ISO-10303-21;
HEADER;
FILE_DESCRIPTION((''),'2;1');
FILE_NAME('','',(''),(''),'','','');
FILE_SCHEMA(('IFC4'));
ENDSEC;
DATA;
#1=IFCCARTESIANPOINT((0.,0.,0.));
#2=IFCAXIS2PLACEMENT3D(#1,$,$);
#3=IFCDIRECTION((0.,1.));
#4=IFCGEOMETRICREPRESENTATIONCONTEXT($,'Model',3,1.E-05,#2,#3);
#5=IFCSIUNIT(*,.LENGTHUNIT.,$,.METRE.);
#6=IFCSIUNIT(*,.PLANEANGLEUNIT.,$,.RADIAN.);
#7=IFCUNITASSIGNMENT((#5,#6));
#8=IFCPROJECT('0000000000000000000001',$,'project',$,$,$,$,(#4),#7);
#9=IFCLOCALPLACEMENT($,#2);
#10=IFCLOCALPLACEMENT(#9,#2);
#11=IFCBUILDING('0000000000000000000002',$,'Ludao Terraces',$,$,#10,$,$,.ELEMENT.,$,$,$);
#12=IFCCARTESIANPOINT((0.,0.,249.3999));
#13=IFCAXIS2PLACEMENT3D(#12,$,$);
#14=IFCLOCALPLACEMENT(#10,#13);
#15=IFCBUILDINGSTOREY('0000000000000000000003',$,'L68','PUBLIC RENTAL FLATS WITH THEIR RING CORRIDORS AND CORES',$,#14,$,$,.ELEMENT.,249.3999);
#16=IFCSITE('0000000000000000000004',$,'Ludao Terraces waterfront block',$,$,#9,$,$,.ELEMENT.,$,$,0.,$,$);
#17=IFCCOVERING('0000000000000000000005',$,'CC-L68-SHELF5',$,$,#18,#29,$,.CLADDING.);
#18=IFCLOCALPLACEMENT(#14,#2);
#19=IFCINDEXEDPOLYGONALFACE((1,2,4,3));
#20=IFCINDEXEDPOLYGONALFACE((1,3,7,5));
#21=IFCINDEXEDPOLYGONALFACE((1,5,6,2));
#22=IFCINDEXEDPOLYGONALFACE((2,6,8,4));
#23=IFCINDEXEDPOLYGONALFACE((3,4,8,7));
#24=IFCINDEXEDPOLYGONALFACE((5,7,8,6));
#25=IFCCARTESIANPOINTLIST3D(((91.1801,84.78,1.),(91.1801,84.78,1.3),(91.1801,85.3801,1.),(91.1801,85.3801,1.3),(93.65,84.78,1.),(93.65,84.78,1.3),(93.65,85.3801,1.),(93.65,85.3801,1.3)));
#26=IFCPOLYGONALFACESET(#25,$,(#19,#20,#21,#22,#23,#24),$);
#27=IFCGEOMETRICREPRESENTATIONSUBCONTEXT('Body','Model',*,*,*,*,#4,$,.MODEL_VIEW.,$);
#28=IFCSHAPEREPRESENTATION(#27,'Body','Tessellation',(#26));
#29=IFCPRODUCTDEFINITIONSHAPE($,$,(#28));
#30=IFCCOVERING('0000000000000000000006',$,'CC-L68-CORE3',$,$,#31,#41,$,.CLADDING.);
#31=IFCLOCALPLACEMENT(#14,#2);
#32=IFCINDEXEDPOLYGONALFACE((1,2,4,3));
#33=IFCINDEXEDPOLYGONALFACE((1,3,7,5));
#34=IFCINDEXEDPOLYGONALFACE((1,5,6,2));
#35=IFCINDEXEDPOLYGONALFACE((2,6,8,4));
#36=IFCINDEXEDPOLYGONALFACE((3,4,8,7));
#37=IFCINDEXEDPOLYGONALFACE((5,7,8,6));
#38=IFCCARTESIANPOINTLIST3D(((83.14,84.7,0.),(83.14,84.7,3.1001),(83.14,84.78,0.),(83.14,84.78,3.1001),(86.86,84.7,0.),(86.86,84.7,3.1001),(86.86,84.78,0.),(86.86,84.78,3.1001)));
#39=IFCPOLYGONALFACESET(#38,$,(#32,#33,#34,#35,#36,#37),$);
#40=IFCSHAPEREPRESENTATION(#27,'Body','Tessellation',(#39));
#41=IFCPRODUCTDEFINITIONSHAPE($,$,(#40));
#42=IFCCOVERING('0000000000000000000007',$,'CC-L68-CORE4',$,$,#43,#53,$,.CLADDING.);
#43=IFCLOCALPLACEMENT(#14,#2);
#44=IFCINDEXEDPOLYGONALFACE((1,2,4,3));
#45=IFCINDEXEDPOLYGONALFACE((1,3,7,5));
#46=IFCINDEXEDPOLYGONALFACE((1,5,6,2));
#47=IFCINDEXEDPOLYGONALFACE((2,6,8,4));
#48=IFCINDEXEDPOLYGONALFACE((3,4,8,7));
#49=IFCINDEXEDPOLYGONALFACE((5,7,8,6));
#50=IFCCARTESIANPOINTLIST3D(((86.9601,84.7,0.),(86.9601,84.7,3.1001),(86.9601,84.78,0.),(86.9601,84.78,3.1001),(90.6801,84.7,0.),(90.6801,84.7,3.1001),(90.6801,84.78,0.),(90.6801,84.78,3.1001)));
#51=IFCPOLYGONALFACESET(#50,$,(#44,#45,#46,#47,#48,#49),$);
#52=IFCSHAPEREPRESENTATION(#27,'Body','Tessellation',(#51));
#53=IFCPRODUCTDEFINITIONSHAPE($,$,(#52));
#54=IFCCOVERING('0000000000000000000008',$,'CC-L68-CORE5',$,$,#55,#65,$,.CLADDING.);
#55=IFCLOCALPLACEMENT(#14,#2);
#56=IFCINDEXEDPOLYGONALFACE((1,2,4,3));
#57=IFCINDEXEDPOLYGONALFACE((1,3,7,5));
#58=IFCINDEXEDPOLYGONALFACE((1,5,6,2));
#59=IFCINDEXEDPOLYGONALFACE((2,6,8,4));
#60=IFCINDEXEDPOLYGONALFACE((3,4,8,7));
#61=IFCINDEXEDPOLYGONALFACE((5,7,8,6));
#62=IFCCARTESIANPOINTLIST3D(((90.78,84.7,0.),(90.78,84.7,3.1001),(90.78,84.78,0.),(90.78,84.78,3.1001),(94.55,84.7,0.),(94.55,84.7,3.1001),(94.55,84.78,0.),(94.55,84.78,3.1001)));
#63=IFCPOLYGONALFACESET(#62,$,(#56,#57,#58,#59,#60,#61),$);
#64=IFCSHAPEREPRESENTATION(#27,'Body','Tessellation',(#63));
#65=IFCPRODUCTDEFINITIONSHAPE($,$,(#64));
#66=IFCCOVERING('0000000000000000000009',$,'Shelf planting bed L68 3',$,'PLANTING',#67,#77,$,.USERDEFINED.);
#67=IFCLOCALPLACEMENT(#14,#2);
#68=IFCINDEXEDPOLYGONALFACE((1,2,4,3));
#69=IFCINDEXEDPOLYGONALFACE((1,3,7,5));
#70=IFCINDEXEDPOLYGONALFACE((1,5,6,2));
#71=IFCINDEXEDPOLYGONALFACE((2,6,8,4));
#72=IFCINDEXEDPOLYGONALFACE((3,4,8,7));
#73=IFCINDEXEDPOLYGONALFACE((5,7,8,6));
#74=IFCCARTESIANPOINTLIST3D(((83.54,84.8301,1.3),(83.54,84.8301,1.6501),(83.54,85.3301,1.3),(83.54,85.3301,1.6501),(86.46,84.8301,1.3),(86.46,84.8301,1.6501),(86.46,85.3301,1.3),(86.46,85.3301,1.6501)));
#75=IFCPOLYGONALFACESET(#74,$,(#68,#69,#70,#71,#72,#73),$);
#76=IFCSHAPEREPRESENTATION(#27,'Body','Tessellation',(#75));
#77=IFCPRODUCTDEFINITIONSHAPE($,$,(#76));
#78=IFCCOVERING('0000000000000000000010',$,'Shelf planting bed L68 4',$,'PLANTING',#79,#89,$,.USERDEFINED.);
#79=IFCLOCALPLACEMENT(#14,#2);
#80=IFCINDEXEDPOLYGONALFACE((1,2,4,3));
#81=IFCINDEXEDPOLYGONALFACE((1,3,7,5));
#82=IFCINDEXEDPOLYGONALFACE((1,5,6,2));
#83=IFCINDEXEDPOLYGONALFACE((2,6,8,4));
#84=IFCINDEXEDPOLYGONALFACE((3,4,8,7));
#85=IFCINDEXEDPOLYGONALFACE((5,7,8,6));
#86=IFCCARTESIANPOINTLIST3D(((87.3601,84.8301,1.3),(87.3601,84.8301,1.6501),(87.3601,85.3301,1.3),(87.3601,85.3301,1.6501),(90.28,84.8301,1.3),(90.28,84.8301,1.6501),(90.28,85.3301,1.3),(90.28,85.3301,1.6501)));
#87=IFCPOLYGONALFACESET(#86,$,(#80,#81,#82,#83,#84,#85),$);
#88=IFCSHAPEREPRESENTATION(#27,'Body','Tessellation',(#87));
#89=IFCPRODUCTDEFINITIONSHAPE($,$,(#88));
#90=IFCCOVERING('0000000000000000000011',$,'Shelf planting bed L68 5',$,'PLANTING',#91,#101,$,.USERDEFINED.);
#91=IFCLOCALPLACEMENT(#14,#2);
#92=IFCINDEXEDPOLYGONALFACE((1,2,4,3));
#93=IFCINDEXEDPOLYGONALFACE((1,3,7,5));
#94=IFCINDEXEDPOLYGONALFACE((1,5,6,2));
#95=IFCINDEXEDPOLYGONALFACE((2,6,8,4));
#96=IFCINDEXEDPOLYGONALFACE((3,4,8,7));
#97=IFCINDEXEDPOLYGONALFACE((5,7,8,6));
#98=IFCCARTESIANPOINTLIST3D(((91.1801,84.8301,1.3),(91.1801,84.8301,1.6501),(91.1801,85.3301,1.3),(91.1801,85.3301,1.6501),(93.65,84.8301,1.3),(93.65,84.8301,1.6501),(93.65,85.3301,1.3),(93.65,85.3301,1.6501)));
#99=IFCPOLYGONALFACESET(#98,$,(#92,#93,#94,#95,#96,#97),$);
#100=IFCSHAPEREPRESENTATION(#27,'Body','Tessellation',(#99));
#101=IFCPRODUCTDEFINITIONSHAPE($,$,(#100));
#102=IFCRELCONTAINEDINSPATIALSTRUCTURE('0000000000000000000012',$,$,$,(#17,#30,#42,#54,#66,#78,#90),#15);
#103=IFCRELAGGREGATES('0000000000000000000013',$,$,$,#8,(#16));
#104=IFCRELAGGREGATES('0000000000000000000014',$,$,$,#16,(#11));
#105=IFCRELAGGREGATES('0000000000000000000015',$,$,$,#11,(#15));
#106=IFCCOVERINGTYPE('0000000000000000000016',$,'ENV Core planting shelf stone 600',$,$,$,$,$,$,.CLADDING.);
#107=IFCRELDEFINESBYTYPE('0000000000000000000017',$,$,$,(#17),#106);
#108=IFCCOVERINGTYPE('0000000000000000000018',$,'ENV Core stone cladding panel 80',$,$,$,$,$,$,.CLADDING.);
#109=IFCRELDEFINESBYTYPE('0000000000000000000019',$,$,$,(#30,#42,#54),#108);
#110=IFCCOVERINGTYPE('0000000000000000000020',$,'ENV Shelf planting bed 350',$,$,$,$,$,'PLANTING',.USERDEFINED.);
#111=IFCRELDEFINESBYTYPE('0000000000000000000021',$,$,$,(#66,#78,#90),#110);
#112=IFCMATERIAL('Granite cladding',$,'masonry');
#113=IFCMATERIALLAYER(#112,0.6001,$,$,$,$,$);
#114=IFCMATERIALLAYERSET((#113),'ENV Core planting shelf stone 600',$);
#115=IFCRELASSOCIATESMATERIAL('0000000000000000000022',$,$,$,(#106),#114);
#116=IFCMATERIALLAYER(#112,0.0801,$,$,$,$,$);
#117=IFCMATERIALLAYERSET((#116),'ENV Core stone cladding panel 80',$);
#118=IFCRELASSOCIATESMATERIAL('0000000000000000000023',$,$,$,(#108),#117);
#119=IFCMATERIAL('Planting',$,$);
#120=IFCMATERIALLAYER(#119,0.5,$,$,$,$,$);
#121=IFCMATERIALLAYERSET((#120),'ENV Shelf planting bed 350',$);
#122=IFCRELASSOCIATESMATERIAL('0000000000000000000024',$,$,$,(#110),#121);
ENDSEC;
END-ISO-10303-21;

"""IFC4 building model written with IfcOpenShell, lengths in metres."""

from ifc_helpers import new_model, si_unit, direction, frame, origin, origin_2d, place, context, subcontext, project, spatial, rectangle, extrude, material, layer, layer_set, type_object, element, save


model = new_model("IFC4")

# Units and contexts
model_context = context("Model", 3, precision=1e-05, world=origin(), true_north=direction((0.0, 1.0)))
body_context = subcontext(model_context, "Body", "Model", "MODEL_VIEW")
ifc_project = project(units=[si_unit("LENGTHUNIT", "METRE"), si_unit("PLANEANGLEUNIT", "RADIAN")], contexts=[model_context])

# Site, building, storey
site_placement = place(None, origin())
site = spatial("IfcSite", under=ifc_project, at=site_placement, Name="Ludao Terraces waterfront block", CompositionType="ELEMENT", RefElevation=0.0)
building_placement = place(site_placement, origin())
building = spatial("IfcBuilding", under=site, at=building_placement, Name="Ludao Terraces", CompositionType="ELEMENT")
storey_placement = place(building_placement, frame((0.0, 0.0, 249.3999)))
storey = spatial("IfcBuildingStorey", under=building, at=storey_placement, Name="L68", Description="PUBLIC RENTAL FLATS WITH THEIR RING CORRIDORS AND CORES", CompositionType="ELEMENT", Elevation=249.3999)

# Coverings
ifc_material_1 = material(Name="Granite cladding", Category="masonry")
ifc_layer_1 = layer(ifc_material_1, 0.6001)
ifc_layer_set_1 = layer_set([ifc_layer_1], Name="ENV Core planting shelf stone 600")
covering_type_1 = type_object("IfcCoveringType", Name="ENV Core planting shelf stone 600", PredefinedType="CLADDING", material=ifc_layer_set_1)
covering_1_placement = place(storey_placement, frame((92.415, 85.0801, 1.0), z_axis=(0.0, 0.0, 1.0), x_axis=(1.0, 0.0, 0.0)))
element("IfcCovering", 1, at=covering_1_placement, inside=storey, type_object=covering_type_1, Name="CC-L68-SHELF5", PredefinedType="CLADDING", context=body_context, shape_type="SweptSolid", body=[
    extrude(rectangle(XDim=2.47, YDim=0.6001, at=origin_2d()), origin(), (0.0, 0.0, 1.0), 0.3),
])
ifc_layer_2 = layer(ifc_material_1, 0.0801)
ifc_layer_set_2 = layer_set([ifc_layer_2], Name="ENV Core stone cladding panel 80")
covering_type_2 = type_object("IfcCoveringType", Name="ENV Core stone cladding panel 80", PredefinedType="CLADDING", material=ifc_layer_set_2)
for number, where, z_axis, x_axis, name in (
    (2, (85.0, 84.74, 0.0), (0.0, 0.0, 1.0), (1.0, 0.0, 0.0), "CC-L68-CORE3"),
    (3, (88.8201, 84.74, 0.0), (0.0, 0.0, 1.0), (1.0, 0.0, 0.0), "CC-L68-CORE4"),
):
    element("IfcCovering", number, at=place(storey_placement, frame(where, z_axis=z_axis, x_axis=x_axis)), inside=storey, type_object=covering_type_2, Name=name, PredefinedType="CLADDING", context=body_context, shape_type="SweptSolid", body=[
        extrude(rectangle(XDim=3.72, YDim=0.0801, at=origin_2d()), origin(), (0.0, 0.0, 1.0), 3.1001),
    ])
covering_2_placement = place(storey_placement, frame((92.665, 84.74, 0.0), z_axis=(0.0, 0.0, 1.0), x_axis=(1.0, 0.0, 0.0)))
element("IfcCovering", 4, at=covering_2_placement, inside=storey, type_object=covering_type_2, Name="CC-L68-CORE5", PredefinedType="CLADDING", context=body_context, shape_type="SweptSolid", body=[
    extrude(rectangle(XDim=3.77, YDim=0.0801, at=origin_2d()), origin(), (0.0, 0.0, 1.0), 3.1001),
])
ifc_material_2 = material(Name="Planting")
ifc_layer_3 = layer(ifc_material_2, 0.5)
ifc_layer_set_3 = layer_set([ifc_layer_3], Name="ENV Shelf planting bed 350")
covering_type_3 = type_object("IfcCoveringType", Name="ENV Shelf planting bed 350", ElementType="PLANTING", PredefinedType="USERDEFINED", material=ifc_layer_set_3)
for number, where, z_axis, x_axis, name in (
    (5, (85.0, 85.0801, 1.3), (0.0, 0.0, 1.0), (1.0, 0.0, 0.0), "Shelf planting bed L68 3"),
    (6, (88.8201, 85.0801, 1.3), (0.0, 0.0, 1.0), (1.0, 0.0, 0.0), "Shelf planting bed L68 4"),
):
    element("IfcCovering", number, at=place(storey_placement, frame(where, z_axis=z_axis, x_axis=x_axis)), inside=storey, type_object=covering_type_3, Name=name, ObjectType="PLANTING", PredefinedType="USERDEFINED", context=body_context, shape_type="SweptSolid", body=[
        extrude(rectangle(XDim=2.9199, YDim=0.5, at=origin_2d()), origin(), (0.0, 0.0, 1.0), 0.3501),
    ])
covering_3_placement = place(storey_placement, frame((92.415, 85.0801, 1.3), z_axis=(0.0, 0.0, 1.0), x_axis=(1.0, 0.0, 0.0)))
element("IfcCovering", 7, at=covering_3_placement, inside=storey, type_object=covering_type_3, Name="Shelf planting bed L68 5", ObjectType="PLANTING", PredefinedType="USERDEFINED", context=body_context, shape_type="SweptSolid", body=[
    extrude(rectangle(XDim=2.47, YDim=0.5, at=origin_2d()), origin(), (0.0, 0.0, 1.0), 0.3501),
])

save(model, "model.ifc")
